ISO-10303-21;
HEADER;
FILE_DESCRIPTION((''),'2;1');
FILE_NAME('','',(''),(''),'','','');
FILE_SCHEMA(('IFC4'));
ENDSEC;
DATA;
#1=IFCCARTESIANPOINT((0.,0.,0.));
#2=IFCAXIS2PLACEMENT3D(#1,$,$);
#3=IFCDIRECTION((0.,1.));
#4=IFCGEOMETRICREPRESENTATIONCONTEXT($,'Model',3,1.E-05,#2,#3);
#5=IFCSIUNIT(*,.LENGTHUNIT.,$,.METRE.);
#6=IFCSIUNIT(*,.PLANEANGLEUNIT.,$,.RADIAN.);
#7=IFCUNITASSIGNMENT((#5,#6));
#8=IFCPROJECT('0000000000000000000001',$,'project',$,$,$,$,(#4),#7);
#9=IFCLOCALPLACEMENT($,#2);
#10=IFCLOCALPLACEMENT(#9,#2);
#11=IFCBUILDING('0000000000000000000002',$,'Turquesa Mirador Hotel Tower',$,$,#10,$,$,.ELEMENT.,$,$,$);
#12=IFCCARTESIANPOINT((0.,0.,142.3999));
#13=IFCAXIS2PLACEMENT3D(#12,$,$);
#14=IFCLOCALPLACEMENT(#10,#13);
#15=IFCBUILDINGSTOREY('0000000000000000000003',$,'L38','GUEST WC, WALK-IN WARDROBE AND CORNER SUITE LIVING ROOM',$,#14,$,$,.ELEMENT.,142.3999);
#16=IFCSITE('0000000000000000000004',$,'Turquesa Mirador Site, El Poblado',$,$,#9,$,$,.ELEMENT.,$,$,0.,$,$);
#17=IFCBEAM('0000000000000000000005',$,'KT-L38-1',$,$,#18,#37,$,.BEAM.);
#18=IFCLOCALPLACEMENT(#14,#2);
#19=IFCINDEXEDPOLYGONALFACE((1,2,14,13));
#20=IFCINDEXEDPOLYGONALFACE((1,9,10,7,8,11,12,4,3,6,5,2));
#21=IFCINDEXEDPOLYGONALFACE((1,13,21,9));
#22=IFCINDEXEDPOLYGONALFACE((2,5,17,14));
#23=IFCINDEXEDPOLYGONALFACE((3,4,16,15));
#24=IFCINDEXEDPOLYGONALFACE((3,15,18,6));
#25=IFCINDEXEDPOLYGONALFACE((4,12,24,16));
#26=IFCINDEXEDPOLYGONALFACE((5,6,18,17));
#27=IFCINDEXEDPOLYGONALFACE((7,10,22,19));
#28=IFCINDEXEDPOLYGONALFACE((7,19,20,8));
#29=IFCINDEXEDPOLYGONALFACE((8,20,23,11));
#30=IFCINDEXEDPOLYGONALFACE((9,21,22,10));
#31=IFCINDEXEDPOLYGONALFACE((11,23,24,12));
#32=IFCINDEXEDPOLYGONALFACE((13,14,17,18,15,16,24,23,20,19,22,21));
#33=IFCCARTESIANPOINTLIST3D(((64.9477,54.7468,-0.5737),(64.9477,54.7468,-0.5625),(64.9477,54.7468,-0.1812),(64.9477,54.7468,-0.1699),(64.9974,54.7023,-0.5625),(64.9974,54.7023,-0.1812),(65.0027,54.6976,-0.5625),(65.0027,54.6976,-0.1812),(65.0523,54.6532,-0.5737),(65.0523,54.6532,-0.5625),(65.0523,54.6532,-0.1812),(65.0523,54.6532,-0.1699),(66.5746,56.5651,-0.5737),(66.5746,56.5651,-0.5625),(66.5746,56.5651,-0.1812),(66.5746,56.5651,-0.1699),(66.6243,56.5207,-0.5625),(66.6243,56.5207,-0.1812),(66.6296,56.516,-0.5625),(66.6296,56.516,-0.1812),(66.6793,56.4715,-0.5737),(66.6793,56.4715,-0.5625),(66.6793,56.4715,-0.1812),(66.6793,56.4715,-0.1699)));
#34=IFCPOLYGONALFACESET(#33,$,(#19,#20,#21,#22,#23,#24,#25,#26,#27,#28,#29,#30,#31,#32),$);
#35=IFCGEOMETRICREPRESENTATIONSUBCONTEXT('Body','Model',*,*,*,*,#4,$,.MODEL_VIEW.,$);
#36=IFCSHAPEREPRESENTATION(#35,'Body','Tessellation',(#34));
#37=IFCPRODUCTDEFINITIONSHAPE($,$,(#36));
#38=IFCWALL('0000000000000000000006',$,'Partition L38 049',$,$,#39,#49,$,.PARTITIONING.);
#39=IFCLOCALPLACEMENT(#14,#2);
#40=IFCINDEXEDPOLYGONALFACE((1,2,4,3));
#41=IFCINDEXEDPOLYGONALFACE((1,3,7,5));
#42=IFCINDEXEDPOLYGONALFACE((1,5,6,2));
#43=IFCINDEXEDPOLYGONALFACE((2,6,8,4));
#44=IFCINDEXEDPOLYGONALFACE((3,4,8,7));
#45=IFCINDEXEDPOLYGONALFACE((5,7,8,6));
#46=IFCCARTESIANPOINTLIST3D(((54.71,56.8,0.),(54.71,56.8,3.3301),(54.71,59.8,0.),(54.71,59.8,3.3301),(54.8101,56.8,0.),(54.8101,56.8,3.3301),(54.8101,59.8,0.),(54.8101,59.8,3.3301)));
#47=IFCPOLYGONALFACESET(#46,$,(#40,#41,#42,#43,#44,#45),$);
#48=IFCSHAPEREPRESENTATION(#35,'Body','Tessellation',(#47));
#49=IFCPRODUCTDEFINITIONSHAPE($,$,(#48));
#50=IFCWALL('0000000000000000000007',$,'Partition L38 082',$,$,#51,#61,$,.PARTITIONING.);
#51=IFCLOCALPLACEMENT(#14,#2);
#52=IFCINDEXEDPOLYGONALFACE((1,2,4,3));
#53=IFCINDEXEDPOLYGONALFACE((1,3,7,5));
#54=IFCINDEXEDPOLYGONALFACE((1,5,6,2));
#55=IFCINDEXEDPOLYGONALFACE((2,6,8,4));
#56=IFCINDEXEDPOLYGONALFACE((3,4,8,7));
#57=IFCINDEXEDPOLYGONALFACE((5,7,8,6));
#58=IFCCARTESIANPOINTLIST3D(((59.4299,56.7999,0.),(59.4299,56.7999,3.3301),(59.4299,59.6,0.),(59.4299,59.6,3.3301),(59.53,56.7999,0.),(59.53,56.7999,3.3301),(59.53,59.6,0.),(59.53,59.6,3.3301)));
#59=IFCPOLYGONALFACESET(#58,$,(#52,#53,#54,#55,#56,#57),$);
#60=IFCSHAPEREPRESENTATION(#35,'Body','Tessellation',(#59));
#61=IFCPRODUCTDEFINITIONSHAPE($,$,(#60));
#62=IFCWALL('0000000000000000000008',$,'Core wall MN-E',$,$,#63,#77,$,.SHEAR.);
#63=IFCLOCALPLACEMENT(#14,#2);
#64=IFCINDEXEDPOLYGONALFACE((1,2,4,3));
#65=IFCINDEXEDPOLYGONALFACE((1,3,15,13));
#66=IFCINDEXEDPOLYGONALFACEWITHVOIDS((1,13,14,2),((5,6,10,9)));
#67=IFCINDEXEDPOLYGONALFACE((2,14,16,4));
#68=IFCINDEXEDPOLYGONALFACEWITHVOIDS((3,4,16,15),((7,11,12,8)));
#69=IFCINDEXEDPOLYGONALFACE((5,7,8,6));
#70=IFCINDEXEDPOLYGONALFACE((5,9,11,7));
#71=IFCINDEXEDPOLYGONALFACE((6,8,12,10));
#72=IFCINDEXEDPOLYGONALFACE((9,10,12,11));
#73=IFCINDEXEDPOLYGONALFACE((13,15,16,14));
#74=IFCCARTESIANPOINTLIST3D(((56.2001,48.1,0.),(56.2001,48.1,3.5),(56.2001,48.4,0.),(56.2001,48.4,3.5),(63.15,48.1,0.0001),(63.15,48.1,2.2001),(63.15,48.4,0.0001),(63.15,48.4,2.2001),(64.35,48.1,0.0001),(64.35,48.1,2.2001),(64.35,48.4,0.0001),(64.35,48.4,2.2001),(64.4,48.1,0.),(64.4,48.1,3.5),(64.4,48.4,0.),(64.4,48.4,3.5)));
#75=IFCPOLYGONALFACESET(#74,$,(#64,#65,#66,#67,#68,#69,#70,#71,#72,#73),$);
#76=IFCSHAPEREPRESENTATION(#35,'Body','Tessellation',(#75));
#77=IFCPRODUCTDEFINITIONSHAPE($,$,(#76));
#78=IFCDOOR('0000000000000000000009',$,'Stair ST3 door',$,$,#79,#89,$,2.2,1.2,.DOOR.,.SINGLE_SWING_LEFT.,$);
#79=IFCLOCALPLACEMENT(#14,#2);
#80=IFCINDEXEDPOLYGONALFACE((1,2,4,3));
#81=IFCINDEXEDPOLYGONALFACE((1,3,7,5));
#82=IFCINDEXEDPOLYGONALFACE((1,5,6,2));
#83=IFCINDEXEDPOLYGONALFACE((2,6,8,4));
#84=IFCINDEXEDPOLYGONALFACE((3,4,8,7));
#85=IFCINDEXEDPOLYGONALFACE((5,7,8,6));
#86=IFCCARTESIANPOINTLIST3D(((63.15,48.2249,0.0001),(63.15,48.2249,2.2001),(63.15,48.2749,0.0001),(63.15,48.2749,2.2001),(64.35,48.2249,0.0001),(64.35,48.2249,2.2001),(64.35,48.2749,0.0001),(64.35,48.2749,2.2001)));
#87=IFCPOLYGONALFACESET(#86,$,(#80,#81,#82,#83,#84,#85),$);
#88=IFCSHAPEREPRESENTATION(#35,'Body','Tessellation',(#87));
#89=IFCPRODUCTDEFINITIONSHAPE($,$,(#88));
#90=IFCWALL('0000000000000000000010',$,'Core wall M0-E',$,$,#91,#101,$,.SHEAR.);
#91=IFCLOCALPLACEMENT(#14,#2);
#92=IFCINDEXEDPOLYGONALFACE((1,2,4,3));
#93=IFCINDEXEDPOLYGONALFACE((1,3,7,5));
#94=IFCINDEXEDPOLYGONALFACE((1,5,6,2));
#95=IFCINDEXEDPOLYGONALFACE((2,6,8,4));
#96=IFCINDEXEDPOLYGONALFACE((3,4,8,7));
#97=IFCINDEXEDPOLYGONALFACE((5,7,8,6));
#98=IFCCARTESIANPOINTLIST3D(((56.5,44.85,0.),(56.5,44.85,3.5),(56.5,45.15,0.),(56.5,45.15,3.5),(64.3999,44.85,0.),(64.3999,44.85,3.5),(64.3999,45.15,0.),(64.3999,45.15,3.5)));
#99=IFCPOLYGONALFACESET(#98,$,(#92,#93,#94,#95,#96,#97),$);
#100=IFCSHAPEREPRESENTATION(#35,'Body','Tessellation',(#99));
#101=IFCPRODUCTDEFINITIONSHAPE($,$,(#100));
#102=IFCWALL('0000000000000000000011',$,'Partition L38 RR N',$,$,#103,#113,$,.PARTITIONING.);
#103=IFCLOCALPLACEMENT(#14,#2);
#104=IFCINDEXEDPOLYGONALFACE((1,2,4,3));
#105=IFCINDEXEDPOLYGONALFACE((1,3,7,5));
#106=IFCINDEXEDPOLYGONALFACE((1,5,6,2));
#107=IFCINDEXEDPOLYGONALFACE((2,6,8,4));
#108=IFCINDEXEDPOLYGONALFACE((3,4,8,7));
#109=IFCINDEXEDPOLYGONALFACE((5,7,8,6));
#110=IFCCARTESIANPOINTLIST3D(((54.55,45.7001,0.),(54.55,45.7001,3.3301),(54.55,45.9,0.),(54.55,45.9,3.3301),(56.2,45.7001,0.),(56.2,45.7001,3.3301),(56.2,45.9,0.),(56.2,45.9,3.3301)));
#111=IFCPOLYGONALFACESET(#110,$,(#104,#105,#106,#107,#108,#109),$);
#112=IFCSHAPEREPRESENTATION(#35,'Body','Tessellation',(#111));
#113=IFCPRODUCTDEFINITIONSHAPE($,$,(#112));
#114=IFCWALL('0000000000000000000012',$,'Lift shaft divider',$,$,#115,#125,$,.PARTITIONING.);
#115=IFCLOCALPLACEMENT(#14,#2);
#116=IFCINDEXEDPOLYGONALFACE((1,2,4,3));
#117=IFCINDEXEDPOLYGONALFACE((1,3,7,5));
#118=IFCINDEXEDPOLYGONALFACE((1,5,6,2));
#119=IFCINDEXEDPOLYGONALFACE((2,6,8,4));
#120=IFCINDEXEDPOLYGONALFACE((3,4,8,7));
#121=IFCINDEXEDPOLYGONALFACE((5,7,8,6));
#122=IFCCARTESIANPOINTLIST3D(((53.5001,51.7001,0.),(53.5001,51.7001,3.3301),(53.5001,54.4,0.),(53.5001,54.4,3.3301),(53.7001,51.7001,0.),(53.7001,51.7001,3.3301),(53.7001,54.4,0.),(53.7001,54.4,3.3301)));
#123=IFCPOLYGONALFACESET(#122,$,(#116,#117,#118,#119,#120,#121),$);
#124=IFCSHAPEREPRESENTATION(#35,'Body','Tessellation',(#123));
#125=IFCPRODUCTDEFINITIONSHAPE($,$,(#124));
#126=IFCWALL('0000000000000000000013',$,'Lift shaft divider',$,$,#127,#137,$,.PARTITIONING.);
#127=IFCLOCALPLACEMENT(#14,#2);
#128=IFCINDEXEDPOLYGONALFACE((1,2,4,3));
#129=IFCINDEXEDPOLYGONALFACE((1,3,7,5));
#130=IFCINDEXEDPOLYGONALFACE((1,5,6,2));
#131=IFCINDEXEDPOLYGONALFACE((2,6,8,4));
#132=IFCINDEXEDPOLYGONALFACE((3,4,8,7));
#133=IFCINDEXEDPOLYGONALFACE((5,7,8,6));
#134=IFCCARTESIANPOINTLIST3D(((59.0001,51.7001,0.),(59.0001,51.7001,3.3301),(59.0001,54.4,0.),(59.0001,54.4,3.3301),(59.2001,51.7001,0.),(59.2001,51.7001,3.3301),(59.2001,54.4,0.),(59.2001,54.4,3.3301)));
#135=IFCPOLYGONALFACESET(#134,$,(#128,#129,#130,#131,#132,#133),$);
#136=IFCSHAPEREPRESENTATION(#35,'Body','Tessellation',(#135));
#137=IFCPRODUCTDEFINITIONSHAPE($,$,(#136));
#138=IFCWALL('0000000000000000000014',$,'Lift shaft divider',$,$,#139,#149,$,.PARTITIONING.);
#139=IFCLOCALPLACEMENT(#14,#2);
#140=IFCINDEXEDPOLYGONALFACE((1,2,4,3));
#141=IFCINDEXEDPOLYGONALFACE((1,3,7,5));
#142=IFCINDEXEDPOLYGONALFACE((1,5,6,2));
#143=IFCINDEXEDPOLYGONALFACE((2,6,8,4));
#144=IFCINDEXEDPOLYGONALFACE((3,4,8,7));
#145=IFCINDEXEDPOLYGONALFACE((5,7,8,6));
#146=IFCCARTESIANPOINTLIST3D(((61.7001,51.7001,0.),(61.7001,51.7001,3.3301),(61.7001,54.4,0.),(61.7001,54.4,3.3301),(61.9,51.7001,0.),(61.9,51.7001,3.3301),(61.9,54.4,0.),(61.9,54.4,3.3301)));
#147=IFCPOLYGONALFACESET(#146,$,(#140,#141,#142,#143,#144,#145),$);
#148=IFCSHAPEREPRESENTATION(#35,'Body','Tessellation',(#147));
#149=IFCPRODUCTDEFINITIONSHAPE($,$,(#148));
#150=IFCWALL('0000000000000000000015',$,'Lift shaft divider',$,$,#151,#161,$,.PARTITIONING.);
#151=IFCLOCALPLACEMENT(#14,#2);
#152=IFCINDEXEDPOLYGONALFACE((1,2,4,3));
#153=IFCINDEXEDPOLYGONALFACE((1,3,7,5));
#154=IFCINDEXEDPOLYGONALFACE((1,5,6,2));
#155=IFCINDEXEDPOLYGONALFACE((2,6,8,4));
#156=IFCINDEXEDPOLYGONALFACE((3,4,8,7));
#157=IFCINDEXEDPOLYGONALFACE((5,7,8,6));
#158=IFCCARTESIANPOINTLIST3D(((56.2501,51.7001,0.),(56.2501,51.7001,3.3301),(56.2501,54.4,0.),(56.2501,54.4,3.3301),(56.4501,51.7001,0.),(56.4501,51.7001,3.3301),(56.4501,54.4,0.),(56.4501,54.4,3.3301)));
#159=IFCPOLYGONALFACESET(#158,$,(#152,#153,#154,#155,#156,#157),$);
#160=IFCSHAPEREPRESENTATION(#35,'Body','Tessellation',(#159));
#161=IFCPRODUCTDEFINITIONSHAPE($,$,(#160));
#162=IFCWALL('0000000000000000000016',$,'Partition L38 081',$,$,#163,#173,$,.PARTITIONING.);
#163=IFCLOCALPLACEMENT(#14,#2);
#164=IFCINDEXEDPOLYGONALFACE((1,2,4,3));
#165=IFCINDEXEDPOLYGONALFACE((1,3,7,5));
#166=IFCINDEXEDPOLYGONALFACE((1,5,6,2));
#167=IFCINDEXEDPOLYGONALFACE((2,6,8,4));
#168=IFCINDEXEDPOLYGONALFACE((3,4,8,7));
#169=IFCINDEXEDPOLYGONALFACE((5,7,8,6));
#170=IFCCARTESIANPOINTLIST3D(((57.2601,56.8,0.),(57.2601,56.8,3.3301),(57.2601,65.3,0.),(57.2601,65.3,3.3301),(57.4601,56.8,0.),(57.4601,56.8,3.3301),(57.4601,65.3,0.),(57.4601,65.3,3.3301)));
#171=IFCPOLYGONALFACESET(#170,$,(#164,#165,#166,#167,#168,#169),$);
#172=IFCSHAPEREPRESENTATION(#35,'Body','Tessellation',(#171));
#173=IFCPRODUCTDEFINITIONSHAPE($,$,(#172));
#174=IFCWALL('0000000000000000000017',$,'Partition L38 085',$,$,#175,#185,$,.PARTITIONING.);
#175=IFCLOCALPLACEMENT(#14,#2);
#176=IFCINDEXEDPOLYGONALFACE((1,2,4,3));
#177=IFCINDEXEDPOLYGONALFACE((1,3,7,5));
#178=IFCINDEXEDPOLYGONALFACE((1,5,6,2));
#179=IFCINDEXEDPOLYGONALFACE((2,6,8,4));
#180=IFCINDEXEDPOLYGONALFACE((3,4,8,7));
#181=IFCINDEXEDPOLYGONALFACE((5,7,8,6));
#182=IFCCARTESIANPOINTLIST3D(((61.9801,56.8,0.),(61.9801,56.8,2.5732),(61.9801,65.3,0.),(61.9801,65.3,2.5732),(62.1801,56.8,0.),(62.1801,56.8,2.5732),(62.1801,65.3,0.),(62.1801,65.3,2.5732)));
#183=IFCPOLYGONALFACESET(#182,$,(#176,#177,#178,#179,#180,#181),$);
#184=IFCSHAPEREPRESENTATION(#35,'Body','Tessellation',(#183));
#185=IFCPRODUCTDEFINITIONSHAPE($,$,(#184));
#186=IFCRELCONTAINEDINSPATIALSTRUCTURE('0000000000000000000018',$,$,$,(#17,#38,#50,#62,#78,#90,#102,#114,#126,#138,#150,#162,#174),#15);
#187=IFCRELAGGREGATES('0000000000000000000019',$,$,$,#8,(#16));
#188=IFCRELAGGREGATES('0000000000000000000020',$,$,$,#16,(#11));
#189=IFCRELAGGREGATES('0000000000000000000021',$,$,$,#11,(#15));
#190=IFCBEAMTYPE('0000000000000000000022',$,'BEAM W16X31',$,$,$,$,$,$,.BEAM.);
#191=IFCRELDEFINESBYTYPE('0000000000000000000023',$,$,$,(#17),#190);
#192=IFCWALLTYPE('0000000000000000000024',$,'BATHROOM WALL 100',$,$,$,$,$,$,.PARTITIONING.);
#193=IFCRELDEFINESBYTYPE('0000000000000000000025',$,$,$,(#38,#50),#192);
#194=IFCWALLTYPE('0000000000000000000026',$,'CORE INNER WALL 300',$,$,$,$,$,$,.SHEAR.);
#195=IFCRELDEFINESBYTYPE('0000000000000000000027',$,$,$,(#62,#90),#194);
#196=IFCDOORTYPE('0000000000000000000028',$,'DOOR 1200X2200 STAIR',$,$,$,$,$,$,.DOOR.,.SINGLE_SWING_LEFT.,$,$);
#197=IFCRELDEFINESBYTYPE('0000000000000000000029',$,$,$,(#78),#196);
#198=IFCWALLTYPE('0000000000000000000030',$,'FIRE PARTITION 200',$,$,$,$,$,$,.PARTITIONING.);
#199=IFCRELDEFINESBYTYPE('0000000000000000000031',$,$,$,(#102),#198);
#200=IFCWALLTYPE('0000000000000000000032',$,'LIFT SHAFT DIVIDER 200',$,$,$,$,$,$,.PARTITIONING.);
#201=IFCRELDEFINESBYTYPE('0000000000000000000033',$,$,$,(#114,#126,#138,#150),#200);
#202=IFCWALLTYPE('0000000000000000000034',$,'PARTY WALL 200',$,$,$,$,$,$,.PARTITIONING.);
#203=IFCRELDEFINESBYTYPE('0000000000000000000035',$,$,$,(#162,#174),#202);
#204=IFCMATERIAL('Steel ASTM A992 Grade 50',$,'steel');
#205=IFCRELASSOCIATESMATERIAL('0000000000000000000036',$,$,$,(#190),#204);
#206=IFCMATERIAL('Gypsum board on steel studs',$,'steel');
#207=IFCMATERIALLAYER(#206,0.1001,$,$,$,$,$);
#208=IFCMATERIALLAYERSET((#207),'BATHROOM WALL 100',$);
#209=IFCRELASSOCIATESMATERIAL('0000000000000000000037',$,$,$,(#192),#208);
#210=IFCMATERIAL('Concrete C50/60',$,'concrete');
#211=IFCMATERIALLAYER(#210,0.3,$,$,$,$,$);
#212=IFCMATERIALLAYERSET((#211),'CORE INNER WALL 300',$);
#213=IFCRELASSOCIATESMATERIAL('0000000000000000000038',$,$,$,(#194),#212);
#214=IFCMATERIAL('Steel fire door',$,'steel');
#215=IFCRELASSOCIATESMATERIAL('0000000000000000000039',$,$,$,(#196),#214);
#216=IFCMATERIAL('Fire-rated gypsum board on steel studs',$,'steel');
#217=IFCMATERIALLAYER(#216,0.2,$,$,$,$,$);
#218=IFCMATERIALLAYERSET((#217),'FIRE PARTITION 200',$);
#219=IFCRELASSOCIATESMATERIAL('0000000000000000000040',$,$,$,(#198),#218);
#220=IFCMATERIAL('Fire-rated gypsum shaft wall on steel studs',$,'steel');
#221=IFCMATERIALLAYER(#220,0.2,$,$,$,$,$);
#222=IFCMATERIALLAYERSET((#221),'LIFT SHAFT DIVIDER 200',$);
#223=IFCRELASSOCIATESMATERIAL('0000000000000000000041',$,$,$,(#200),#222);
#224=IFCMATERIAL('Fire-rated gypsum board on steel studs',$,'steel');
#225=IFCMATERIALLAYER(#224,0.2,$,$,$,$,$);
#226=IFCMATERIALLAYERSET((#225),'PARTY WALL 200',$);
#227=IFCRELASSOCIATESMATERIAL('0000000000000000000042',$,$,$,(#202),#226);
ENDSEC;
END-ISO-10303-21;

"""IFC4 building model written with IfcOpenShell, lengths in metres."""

from ifc_helpers import new_model, si_unit, direction, frame, frame_2d, origin, origin_2d, place, context, subcontext, project, spatial, rectangle, i_section, extrude, material, layer, layer_set, material_profile, profile_set, type_object, element, fill, save


model = new_model("IFC4")

# Units and contexts
model_context = context("Model", 3, precision=1e-05, world=origin(), true_north=direction((0.0, 1.0)))
body_context = subcontext(model_context, "Body", "Model", "MODEL_VIEW")
ifc_project = project(units=[si_unit("LENGTHUNIT", "METRE"), si_unit("PLANEANGLEUNIT", "RADIAN")], contexts=[model_context])

# Site, building, storey
site_placement = place(None, origin())
site = spatial("IfcSite", under=ifc_project, at=site_placement, Name="Turquesa Mirador Site, El Poblado", CompositionType="ELEMENT", RefElevation=0.0)
building_placement = place(site_placement, origin())
building = spatial("IfcBuilding", under=site, at=building_placement, Name="Turquesa Mirador Hotel Tower", CompositionType="ELEMENT")
storey_placement = place(building_placement, frame((0.0, 0.0, 142.3999)))
storey = spatial("IfcBuildingStorey", under=building, at=storey_placement, Name="L38", Description="GUEST WC, WALK-IN WARDROBE AND CORNER SUITE LIVING ROOM", CompositionType="ELEMENT", Elevation=142.3999)

# Beam
ifc_material_1 = material(Name="Steel ASTM A992 Grade 50", Category="steel")
ifc_material_profile = material_profile(ifc_material_1, i_section(OverallWidth=0.1404, OverallDepth=0.4038, WebThickness=0.0071, FlangeThickness=0.0112, at=origin_2d()), Name="W16X31")
ifc_profile_set = profile_set([ifc_material_profile], Name="Steel ASTM A992 Grade 50")
beam_type = type_object("IfcBeamType", Name="BEAM W16X31", PredefinedType="BEAM", material=ifc_profile_set)
beam_placement = place(storey_placement, frame((66.627, 56.5183, -0.3718), z_axis=(-0.666795, -0.745241, 0.0), x_axis=(0.745241, -0.666795, 0.0)))
element("IfcBeam", 1, at=beam_placement, inside=storey, type_object=beam_type, Name="KT-L38-1", PredefinedType="BEAM", context=body_context, shape_type="SweptSolid", body=[
    extrude(i_section(OverallWidth=0.1404, OverallDepth=0.4038, WebThickness=0.0071, FlangeThickness=0.0112, at=origin_2d()), origin(), (0.0, 0.0, 1.0), 2.4399),
])

# Walls
ifc_material_2 = material(Name="Gypsum board on steel studs", Category="steel")
ifc_layer_1 = layer(ifc_material_2, 0.1001)
ifc_layer_set_1 = layer_set([ifc_layer_1], Name="BATHROOM WALL 100")
wall_type_1 = type_object("IfcWallType", Name="BATHROOM WALL 100", PredefinedType="PARTITIONING", material=ifc_layer_set_1)
wall_1_placement = place(storey_placement, frame((54.76, 56.8, 0.0), z_axis=(0.0, 0.0, 1.0), x_axis=(0.0, 1.0, 0.0)))
element("IfcWall", 2, at=wall_1_placement, inside=storey, type_object=wall_type_1, Name="Partition L38 049", PredefinedType="PARTITIONING", context=body_context, shape_type="SweptSolid", body=[
    extrude(rectangle(XDim=3.0, YDim=0.1001, at=frame_2d((1.5, 0.0))), origin(), (0.0, 0.0, 1.0), 3.3301),
])
wall_2_placement = place(storey_placement, frame((59.48, 56.8, 0.0), z_axis=(0.0, 0.0, 1.0), x_axis=(0.0, 1.0, 0.0)))
element("IfcWall", 3, at=wall_2_placement, inside=storey, type_object=wall_type_1, Name="Partition L38 082", PredefinedType="PARTITIONING", context=body_context, shape_type="SweptSolid", body=[
    extrude(rectangle(XDim=2.8, YDim=0.1001, at=frame_2d((1.3999, 0.0))), origin(), (0.0, 0.0, 1.0), 3.3301),
])

# Wall, opening, door
ifc_material_3 = material(Name="Concrete C50/60", Category="concrete")
ifc_layer_2 = layer(ifc_material_3, 0.3)
ifc_layer_set_2 = layer_set([ifc_layer_2], Name="CORE INNER WALL 300")
wall_type_2 = type_object("IfcWallType", Name="CORE INNER WALL 300", PredefinedType="SHEAR", material=ifc_layer_set_2)
wall_3_placement = place(storey_placement, frame((56.2, 48.25, 0.0), z_axis=(0.0, 0.0, 1.0), x_axis=(1.0, 0.0, 0.0)))
wall_3 = element("IfcWall", 4, at=wall_3_placement, inside=storey, type_object=wall_type_2, Name="Core wall MN-E", PredefinedType="SHEAR", context=body_context, shape_type="SweptSolid", body=[
    extrude(rectangle(XDim=8.2, YDim=0.3, at=frame_2d((4.1001, 0.0))), origin(), (0.0, 0.0, 1.0), 3.5),
])
opening_1_placement = place(wall_3_placement, frame((6.95, 0.0, 0.0)))
opening_1 = element("IfcOpeningElement", 5, at=opening_1_placement, cuts=wall_3, PredefinedType="OPENING", context=body_context, shape_type="SweptSolid", body=[
    extrude(rectangle(XDim=1.2, YDim=2.2, at=frame_2d((0.6001, 1.1001))), frame((0.0, 0.1599, 0.0), z_axis=(0.0, -1.0, 0.0), x_axis=(1.0, 0.0, 0.0)), (0.0, 0.0, 1.0), 0.3201),
])
ifc_material_4 = material(Name="Steel fire door", Category="steel")
door_type_1 = type_object("IfcDoorType", Name="DOOR 1200X2200 STAIR", OperationType="SINGLE_SWING_LEFT", PredefinedType="DOOR", material=ifc_material_4)
door_1_placement = place(opening_1_placement, origin())
door_1 = element("IfcDoor", 6, at=door_1_placement, inside=storey, type_object=door_type_1, Name="Stair ST3 door", OperationType="SINGLE_SWING_LEFT", OverallHeight=2.2, OverallWidth=1.2, PredefinedType="DOOR", context=body_context, shape_type="SweptSolid", body=[
    extrude(rectangle(XDim=1.2, YDim=2.2, at=frame_2d((0.6001, 1.1001))), frame((0.0, 0.0249, 0.0), z_axis=(0.0, -1.0, 0.0), x_axis=(1.0, 0.0, 0.0)), (0.0, 0.0, 1.0), 0.05),
])
fill(opening_1, door_1)

# Walls
wall_4_placement = place(storey_placement, frame((56.5, 45.0, 0.0), z_axis=(0.0, 0.0, 1.0), x_axis=(1.0, 0.0, 0.0)))
element("IfcWall", 7, at=wall_4_placement, inside=storey, type_object=wall_type_2, Name="Core wall M0-E", PredefinedType="SHEAR", context=body_context, shape_type="SweptSolid", body=[
    extrude(rectangle(XDim=7.8999, YDim=0.3, at=frame_2d((3.95, 0.0))), origin(), (0.0, 0.0, 1.0), 3.5),
])
ifc_material_5 = material(Name="Fire-rated gypsum board on steel studs", Category="steel")
ifc_layer_3 = layer(ifc_material_5, 0.2)
ifc_layer_set_3 = layer_set([ifc_layer_3], Name="FIRE PARTITION 200")
wall_type_3 = type_object("IfcWallType", Name="FIRE PARTITION 200", PredefinedType="PARTITIONING", material=ifc_layer_set_3)
wall_5_placement = place(storey_placement, frame((54.55, 45.8, 0.0), z_axis=(0.0, 0.0, 1.0), x_axis=(1.0, 0.0, 0.0)))
element("IfcWall", 8, at=wall_5_placement, inside=storey, type_object=wall_type_3, Name="Partition L38 RR N", PredefinedType="PARTITIONING", context=body_context, shape_type="SweptSolid", body=[
    extrude(rectangle(XDim=1.6499, YDim=0.2, at=frame_2d((0.825, 0.0))), origin(), (0.0, 0.0, 1.0), 3.3301),
])
ifc_material_6 = material(Name="Fire-rated gypsum shaft wall on steel studs", Category="steel")
ifc_layer_4 = layer(ifc_material_6, 0.2)
ifc_layer_set_4 = layer_set([ifc_layer_4], Name="LIFT SHAFT DIVIDER 200")
wall_type_4 = type_object("IfcWallType", Name="LIFT SHAFT DIVIDER 200", PredefinedType="PARTITIONING", material=ifc_layer_set_4)
for number, where, z_axis, x_axis, name in (
    (9, (53.6001, 51.7, 0.0), (0.0, 0.0, 1.0), (0.0, 1.0, 0.0), "Lift shaft divider"),
    (10, (59.1001, 51.7, 0.0), (0.0, 0.0, 1.0), (0.0, 1.0, 0.0), "Lift shaft divider"),
    (11, (61.8, 51.7, 0.0), (0.0, 0.0, 1.0), (0.0, 1.0, 0.0), "Lift shaft divider"),
    (12, (56.3501, 51.7, 0.0), (0.0, 0.0, 1.0), (0.0, 1.0, 0.0), "Lift shaft divider"),
):
    element("IfcWall", number, at=place(storey_placement, frame(where, z_axis=z_axis, x_axis=x_axis)), inside=storey, type_object=wall_type_4, Name=name, PredefinedType="PARTITIONING", context=body_context, shape_type="SweptSolid", body=[
        extrude(rectangle(XDim=2.7, YDim=0.2, at=frame_2d((1.3501, 0.0))), origin(), (0.0, 0.0, 1.0), 3.3301),
    ])
ifc_material_7 = material(Name="Fire-rated gypsum board on steel studs", Category="steel")
ifc_layer_5 = layer(ifc_material_7, 0.2)
ifc_layer_set_5 = layer_set([ifc_layer_5], Name="PARTY WALL 200")
wall_type_5 = type_object("IfcWallType", Name="PARTY WALL 200", PredefinedType="PARTITIONING", material=ifc_layer_set_5)
wall_6_placement = place(storey_placement, frame((57.3601, 56.8, 0.0), z_axis=(0.0, 0.0, 1.0), x_axis=(0.0, 1.0, 0.0)))
element("IfcWall", 13, at=wall_6_placement, inside=storey, type_object=wall_type_5, Name="Partition L38 081", PredefinedType="PARTITIONING", context=body_context, shape_type="SweptSolid", body=[
    extrude(rectangle(XDim=8.5, YDim=0.2, at=frame_2d((4.25, 0.0))), origin(), (0.0, 0.0, 1.0), 3.3301),
])
wall_7_placement = place(storey_placement, frame((62.0801, 56.8, 0.0), z_axis=(0.0, 0.0, 1.0), x_axis=(0.0, 1.0, 0.0)))
element("IfcWall", 14, at=wall_7_placement, inside=storey, type_object=wall_type_5, Name="Partition L38 085", PredefinedType="PARTITIONING", context=body_context, shape_type="SweptSolid", body=[
    extrude(rectangle(XDim=8.5, YDim=0.2, at=frame_2d((4.25, 0.0))), origin(), (0.0, 0.0, 1.0), 2.5732),
])

save(model, "model.ifc")
